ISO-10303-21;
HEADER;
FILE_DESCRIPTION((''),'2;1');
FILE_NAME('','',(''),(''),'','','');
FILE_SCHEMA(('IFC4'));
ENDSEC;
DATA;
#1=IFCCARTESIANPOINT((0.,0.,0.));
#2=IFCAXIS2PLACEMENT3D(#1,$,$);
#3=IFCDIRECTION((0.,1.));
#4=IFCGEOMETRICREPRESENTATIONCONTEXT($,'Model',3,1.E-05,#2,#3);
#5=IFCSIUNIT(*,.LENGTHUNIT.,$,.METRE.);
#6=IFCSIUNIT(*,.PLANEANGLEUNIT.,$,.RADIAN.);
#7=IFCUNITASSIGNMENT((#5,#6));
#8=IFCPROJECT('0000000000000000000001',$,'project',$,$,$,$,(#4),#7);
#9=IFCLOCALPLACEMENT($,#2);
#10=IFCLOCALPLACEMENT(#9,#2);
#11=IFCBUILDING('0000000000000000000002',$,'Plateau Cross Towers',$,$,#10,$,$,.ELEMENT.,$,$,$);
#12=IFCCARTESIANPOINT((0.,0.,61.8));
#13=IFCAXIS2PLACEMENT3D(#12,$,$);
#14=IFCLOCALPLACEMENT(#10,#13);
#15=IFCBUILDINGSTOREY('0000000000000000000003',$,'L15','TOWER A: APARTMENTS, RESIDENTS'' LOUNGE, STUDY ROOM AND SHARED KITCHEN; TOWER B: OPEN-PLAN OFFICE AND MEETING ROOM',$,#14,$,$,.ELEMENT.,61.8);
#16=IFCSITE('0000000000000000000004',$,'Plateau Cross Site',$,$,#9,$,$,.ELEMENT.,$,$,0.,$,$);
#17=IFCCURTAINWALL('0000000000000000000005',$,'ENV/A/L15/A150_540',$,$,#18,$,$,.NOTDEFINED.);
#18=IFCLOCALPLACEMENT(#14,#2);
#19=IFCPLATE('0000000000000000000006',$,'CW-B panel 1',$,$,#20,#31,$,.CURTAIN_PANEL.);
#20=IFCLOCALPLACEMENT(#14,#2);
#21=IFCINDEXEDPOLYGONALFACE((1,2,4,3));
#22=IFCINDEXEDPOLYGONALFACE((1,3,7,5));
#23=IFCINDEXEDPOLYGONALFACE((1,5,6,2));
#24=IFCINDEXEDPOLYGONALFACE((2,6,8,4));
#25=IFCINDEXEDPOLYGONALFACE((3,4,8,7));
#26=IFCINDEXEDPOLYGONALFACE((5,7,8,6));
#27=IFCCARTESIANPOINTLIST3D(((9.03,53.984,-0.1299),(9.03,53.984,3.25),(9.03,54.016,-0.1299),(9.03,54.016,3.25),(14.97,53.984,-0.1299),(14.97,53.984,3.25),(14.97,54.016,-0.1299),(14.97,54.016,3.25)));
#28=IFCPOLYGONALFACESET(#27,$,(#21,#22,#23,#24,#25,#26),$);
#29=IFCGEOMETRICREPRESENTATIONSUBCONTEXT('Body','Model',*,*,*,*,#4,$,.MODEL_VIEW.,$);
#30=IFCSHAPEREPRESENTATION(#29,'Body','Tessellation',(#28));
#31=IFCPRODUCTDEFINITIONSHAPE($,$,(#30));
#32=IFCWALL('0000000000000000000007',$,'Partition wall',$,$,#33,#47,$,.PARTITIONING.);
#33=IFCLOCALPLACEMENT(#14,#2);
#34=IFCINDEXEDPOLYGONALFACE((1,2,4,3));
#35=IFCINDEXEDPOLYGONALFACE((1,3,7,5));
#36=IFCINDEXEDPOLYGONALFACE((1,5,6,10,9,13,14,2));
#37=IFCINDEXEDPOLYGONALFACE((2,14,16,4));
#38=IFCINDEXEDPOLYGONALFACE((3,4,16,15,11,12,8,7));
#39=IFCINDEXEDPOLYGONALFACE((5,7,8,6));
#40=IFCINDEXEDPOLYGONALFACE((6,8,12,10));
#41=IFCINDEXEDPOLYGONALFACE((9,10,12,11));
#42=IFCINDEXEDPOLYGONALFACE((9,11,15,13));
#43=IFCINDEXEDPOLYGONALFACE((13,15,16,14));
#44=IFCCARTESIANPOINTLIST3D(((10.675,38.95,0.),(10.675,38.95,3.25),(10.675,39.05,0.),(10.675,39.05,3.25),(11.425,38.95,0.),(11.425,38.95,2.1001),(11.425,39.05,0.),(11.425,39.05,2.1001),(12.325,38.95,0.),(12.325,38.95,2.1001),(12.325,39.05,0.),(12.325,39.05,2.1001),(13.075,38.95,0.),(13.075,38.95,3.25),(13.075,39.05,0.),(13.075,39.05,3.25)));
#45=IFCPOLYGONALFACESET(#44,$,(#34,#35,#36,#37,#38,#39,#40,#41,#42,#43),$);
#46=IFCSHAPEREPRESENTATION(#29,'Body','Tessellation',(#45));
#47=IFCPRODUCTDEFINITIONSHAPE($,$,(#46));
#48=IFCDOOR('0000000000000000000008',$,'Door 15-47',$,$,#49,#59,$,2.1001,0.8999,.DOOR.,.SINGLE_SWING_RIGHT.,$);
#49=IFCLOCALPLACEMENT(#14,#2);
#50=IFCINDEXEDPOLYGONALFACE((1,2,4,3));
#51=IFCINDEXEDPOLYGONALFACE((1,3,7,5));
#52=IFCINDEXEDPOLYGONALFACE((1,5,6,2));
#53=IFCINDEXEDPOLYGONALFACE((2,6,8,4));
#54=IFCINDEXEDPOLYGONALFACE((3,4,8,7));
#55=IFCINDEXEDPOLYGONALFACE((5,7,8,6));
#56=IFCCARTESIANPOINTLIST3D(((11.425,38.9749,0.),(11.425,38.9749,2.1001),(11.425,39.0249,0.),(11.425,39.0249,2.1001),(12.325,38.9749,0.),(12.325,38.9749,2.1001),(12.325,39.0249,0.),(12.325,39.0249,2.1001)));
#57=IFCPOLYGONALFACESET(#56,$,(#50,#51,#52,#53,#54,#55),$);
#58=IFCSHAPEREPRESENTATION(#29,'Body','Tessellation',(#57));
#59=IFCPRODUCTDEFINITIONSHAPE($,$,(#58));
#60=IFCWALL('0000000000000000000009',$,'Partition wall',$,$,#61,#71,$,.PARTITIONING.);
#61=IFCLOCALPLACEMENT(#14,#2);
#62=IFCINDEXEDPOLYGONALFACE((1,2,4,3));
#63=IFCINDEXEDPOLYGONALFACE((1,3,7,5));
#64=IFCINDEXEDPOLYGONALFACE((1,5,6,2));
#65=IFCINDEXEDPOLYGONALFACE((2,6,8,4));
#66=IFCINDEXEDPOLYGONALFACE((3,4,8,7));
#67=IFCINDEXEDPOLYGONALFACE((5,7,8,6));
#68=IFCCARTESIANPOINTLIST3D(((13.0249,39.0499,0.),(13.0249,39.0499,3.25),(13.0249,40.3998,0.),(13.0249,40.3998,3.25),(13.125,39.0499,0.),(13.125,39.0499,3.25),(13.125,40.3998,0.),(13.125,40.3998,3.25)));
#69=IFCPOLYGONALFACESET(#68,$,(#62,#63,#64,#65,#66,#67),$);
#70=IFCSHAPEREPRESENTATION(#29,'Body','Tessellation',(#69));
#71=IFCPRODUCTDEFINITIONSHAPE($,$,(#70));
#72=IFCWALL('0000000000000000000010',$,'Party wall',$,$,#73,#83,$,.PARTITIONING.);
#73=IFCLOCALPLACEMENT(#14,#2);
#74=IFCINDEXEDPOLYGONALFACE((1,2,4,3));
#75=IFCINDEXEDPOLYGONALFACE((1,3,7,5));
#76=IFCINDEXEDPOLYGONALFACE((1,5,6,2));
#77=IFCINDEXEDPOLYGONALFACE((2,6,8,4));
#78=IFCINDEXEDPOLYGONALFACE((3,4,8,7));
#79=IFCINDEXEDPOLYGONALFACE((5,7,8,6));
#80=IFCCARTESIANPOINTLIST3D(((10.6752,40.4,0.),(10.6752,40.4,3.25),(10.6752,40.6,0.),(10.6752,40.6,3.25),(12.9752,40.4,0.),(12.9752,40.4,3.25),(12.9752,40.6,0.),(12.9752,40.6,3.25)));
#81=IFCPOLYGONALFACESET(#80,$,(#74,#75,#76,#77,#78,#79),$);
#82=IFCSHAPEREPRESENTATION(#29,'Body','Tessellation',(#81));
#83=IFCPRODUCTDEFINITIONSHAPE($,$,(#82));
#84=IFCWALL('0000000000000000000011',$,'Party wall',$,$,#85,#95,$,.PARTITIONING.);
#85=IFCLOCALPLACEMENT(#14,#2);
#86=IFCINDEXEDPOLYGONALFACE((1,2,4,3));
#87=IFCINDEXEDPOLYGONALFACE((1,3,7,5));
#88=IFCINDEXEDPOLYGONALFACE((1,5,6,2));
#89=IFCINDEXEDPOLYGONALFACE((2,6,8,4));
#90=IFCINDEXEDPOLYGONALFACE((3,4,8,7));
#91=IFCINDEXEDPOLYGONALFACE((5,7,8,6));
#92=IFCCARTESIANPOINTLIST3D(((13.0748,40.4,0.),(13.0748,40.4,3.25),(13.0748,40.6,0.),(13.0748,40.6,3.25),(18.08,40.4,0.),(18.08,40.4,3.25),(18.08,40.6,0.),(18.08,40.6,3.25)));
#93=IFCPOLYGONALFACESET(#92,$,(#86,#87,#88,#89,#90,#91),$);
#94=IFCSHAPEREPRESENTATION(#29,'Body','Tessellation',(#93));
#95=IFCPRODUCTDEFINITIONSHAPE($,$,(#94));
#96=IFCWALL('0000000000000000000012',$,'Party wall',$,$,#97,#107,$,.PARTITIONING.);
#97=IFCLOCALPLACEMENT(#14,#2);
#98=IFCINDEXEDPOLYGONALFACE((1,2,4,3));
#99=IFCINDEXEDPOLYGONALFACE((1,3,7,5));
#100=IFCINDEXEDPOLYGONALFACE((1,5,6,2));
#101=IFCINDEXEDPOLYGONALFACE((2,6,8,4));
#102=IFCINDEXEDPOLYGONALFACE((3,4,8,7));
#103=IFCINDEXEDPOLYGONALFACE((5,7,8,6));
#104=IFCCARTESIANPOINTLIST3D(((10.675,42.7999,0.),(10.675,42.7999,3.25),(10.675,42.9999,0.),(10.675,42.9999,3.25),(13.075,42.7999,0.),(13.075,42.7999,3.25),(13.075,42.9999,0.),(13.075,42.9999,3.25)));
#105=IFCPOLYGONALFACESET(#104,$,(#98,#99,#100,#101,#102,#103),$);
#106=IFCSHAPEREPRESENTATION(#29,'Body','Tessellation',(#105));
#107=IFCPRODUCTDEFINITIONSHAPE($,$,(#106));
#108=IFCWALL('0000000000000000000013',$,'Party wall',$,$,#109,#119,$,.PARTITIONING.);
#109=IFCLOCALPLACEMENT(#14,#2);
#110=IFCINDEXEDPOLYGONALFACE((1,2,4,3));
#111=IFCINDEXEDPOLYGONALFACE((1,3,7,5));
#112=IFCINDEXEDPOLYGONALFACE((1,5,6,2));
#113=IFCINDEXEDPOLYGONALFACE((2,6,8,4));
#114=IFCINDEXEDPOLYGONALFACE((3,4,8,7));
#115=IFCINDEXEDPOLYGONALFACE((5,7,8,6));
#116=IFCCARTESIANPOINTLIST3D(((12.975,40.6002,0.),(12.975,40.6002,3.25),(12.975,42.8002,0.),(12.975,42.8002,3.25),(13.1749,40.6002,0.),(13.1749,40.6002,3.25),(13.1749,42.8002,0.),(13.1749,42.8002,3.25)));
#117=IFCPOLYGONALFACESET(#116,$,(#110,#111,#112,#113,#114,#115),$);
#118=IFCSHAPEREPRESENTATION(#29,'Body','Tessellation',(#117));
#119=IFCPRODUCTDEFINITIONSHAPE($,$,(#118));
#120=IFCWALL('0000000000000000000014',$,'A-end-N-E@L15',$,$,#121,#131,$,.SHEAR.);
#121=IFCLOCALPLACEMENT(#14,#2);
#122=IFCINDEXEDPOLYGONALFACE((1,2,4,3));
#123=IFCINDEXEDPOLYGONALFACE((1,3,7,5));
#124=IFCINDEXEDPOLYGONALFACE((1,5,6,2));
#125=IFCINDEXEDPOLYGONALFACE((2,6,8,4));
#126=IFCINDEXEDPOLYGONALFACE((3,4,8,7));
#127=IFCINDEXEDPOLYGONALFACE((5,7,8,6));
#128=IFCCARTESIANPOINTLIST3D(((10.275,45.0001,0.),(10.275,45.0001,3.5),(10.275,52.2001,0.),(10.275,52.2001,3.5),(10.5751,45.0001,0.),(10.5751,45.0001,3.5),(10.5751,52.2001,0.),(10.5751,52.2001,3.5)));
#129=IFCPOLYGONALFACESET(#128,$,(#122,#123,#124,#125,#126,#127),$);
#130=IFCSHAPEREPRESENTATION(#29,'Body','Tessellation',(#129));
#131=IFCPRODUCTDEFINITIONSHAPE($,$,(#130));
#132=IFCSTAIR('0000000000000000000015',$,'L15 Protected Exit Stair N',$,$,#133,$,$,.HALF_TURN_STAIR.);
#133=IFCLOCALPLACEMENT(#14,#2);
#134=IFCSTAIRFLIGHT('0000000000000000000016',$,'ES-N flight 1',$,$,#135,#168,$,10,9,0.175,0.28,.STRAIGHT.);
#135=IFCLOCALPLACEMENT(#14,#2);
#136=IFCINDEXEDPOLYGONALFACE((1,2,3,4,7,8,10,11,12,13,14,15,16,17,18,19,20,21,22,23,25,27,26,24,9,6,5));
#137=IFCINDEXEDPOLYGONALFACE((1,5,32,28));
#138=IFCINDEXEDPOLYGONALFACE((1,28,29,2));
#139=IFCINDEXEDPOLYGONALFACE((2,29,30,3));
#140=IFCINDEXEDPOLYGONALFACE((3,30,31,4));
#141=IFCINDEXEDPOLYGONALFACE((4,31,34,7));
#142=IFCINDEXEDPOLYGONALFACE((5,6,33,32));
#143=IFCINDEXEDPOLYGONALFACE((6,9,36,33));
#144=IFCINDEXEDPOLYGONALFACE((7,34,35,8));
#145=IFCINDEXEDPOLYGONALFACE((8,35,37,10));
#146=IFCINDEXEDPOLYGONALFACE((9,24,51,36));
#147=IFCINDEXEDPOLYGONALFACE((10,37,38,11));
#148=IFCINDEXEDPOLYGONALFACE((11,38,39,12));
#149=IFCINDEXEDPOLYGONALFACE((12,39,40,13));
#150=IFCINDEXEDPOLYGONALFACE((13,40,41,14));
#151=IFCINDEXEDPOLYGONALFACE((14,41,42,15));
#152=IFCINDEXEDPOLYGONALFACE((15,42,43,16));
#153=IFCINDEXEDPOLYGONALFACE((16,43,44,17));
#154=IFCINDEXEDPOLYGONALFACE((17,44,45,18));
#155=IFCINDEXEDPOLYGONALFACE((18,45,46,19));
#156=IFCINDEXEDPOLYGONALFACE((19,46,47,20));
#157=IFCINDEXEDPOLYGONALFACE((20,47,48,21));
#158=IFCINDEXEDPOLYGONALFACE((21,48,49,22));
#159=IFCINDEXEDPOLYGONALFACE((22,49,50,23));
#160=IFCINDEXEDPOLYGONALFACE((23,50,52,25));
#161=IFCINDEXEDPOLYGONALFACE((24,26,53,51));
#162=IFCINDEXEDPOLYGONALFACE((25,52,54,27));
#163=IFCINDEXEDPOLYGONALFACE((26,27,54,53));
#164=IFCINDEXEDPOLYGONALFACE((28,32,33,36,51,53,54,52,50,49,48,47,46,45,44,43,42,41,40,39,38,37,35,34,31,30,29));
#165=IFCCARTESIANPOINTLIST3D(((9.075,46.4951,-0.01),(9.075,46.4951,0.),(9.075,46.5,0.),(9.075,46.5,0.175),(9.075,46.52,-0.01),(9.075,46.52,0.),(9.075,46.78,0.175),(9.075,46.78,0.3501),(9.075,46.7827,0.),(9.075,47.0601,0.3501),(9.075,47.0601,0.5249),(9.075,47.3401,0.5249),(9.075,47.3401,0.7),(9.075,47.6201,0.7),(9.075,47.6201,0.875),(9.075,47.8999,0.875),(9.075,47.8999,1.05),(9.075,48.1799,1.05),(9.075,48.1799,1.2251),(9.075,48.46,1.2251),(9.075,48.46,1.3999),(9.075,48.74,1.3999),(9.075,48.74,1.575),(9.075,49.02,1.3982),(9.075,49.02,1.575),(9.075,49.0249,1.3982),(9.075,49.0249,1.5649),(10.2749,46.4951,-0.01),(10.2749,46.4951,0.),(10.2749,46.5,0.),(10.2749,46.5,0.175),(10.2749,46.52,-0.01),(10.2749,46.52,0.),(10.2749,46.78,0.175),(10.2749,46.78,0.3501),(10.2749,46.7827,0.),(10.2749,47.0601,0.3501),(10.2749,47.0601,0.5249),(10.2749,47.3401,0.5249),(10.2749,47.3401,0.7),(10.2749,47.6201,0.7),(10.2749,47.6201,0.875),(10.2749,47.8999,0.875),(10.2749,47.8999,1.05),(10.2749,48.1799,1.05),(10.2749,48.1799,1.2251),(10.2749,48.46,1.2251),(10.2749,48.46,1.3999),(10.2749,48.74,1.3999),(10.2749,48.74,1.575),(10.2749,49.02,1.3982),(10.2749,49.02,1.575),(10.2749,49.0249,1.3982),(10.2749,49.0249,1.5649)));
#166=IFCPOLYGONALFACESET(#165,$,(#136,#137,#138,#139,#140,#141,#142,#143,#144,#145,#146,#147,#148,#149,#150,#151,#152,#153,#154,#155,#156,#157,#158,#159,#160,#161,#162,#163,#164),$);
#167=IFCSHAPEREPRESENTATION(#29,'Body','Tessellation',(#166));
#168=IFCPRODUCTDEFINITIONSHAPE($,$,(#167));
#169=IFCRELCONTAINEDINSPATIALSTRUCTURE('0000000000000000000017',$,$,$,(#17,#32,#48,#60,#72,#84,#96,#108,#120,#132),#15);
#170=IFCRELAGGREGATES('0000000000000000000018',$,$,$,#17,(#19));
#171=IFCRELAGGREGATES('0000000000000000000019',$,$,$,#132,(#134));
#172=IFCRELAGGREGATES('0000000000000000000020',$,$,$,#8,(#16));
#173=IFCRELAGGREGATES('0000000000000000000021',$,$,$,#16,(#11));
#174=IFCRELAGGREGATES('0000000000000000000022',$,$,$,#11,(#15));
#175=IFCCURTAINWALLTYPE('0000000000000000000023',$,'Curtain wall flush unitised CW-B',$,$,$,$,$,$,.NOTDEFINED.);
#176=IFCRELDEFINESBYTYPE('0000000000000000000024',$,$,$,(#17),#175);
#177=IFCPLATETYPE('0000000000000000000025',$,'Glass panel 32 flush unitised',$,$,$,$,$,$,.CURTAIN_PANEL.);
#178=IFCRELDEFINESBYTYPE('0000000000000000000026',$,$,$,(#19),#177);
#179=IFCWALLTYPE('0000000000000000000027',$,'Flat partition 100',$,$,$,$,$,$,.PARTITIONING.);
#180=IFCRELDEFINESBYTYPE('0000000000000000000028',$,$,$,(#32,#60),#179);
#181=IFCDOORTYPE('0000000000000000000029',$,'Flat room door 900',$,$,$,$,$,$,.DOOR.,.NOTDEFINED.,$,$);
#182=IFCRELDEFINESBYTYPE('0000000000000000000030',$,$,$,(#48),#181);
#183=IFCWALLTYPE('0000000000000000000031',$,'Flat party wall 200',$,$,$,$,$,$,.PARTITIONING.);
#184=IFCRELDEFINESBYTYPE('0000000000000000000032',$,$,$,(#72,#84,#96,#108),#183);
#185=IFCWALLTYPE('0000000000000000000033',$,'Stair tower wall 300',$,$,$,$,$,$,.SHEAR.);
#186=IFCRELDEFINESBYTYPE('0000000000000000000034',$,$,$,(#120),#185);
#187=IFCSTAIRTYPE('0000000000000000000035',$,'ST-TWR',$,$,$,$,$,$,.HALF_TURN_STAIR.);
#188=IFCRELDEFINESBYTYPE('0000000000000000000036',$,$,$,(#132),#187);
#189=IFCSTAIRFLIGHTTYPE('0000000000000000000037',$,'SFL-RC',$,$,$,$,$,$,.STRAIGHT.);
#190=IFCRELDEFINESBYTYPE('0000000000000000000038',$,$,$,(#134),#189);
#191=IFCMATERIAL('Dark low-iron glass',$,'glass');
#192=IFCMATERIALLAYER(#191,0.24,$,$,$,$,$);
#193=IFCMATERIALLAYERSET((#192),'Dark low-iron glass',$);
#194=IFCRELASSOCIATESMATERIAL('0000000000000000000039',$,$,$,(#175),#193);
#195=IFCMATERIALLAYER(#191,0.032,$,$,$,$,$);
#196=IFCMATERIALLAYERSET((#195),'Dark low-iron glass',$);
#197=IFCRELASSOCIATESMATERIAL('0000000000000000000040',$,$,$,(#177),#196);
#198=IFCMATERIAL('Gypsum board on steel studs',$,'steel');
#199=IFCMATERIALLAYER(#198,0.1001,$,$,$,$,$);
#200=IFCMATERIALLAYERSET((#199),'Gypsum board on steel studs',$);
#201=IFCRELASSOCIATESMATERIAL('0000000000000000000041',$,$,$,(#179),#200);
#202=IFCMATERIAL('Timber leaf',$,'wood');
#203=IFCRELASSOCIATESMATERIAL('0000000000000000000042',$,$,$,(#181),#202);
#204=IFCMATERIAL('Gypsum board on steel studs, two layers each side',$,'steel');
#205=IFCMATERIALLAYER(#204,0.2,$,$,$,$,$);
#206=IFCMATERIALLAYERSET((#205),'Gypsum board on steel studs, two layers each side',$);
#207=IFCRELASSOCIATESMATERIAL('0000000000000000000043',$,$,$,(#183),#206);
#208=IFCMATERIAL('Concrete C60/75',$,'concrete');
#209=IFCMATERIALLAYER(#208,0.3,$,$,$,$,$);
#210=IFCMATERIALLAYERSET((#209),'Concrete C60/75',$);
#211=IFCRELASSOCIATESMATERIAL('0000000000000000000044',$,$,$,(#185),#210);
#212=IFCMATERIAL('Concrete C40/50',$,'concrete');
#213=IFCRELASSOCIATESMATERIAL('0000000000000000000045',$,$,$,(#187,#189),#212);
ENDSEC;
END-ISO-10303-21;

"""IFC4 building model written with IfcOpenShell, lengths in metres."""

from ifc_helpers import new_model, si_unit, direction, frame, frame_2d, origin, origin_2d, place, context, subcontext, project, spatial, polyline, rectangle, outline, extrude, material, layer, layer_set, type_object, element, fill, aggregate, save


model = new_model("IFC4")

# Units and contexts
model_context = context("Model", 3, precision=1e-05, world=origin(), true_north=direction((0.0, 1.0)))
body_context = subcontext(model_context, "Body", "Model", "MODEL_VIEW")
ifc_project = project(units=[si_unit("LENGTHUNIT", "METRE"), si_unit("PLANEANGLEUNIT", "RADIAN")], contexts=[model_context])

# Site, building, storey
site_placement = place(None, origin())
site = spatial("IfcSite", under=ifc_project, at=site_placement, Name="Plateau Cross Site", CompositionType="ELEMENT", RefElevation=0.0)
building_placement = place(site_placement, origin())
building = spatial("IfcBuilding", under=site, at=building_placement, Name="Plateau Cross Towers", CompositionType="ELEMENT")
storey_placement = place(building_placement, frame((0.0, 0.0, 61.8)))
storey = spatial("IfcBuildingStorey", under=building, at=storey_placement, Name="L15", Description="TOWER A: APARTMENTS, RESIDENTS' LOUNGE, STUDY ROOM AND SHARED KITCHEN; TOWER B: OPEN-PLAN OFFICE AND MEETING ROOM", CompositionType="ELEMENT", Elevation=61.8)

# Shared definitions
ifc_material_1 = material(Name="Concrete C60/75", Category="concrete")

# Shared definitions
ifc_material_2 = material(Name="Dark low-iron glass", Category="glass")
ifc_layer_1 = layer(ifc_material_2, 0.24)
ifc_layer_set_1 = layer_set([ifc_layer_1], Name="Dark low-iron glass")
curtain_wall_type = type_object("IfcCurtainWallType", Name="Curtain wall flush unitised CW-B", PredefinedType="NOTDEFINED", material=ifc_layer_set_1)

# Curtain wall
curtain_wall_1_placement = place(storey_placement, origin())
curtain_wall_1 = element("IfcCurtainWall", 1, at=curtain_wall_1_placement, inside=storey, type_object=curtain_wall_type, Name="ENV/A/L15/A150_540", PredefinedType="NOTDEFINED")

# Plate
ifc_layer_2 = layer(ifc_material_2, 0.032)
ifc_layer_set_2 = layer_set([ifc_layer_2], Name="Dark low-iron glass")
plate_type = type_object("IfcPlateType", Name="Glass panel 32 flush unitised", PredefinedType="CURTAIN_PANEL", material=ifc_layer_set_2)
plate_1_placement = place(storey_placement, frame((12.0, 54.0, -0.1299), z_axis=(0.0, 0.0, 1.0), x_axis=(-1.0, 0.0, 0.0)))
plate_1 = element("IfcPlate", 2, at=plate_1_placement, type_object=plate_type, Name="CW-B panel 1", PredefinedType="CURTAIN_PANEL", context=body_context, shape_type="SweptSolid", body=[
    extrude(rectangle(XDim=5.9399, YDim=0.032, at=origin_2d()), origin(), (0.0, 0.0, 1.0), 3.3799),
])
aggregate(curtain_wall_1, [plate_1])

# Wall, opening, door
ifc_material_3 = material(Name="Gypsum board on steel studs", Category="steel")
ifc_layer_3 = layer(ifc_material_3, 0.1001)
ifc_layer_set_3 = layer_set([ifc_layer_3], Name="Gypsum board on steel studs")
wall_type_1 = type_object("IfcWallType", Name="Flat partition 100", PredefinedType="PARTITIONING", material=ifc_layer_set_3)
wall_1_placement = place(storey_placement, frame((10.675, 39.0, 0.0), z_axis=(0.0, 0.0, 1.0), x_axis=(1.0, 0.0, 0.0)))
wall_1 = element("IfcWall", 3, at=wall_1_placement, inside=storey, type_object=wall_type_1, Name="Partition wall", PredefinedType="PARTITIONING", context=body_context, shape_type="SweptSolid", body=[
    extrude(rectangle(XDim=2.3999, YDim=0.1001, at=frame_2d((1.2, 0.0))), origin(), (0.0, 0.0, 1.0), 3.25),
])
opening_placement = place(wall_1_placement, frame((0.75, 0.0, 0.0)))
opening = element("IfcOpeningElement", 4, at=opening_placement, cuts=wall_1, PredefinedType="OPENING", context=body_context, shape_type="SweptSolid", body=[
    extrude(rectangle(XDim=0.8999, YDim=2.1001, at=frame_2d((0.45, 1.05))), frame((0.0, 0.0601, 0.0), z_axis=(0.0, -1.0, 0.0), x_axis=(1.0, 0.0, 0.0)), (0.0, 0.0, 1.0), 0.1201),
])
ifc_material_4 = material(Name="Timber leaf", Category="wood")
door_type = type_object("IfcDoorType", Name="Flat room door 900", OperationType="NOTDEFINED", PredefinedType="DOOR", material=ifc_material_4)
door_placement = place(opening_placement, origin())
door = element("IfcDoor", 5, at=door_placement, inside=storey, type_object=door_type, Name="Door 15-47", OperationType="SINGLE_SWING_RIGHT", OverallHeight=2.1001, OverallWidth=0.8999, PredefinedType="DOOR", context=body_context, shape_type="SweptSolid", body=[
    extrude(rectangle(XDim=0.8999, YDim=2.1001, at=frame_2d((0.45, 1.05))), frame((0.0, 0.0249, 0.0), z_axis=(0.0, -1.0, 0.0), x_axis=(1.0, 0.0, 0.0)), (0.0, 0.0, 1.0), 0.05),
])
fill(opening, door)

# Walls
wall_2_placement = place(storey_placement, frame((13.075, 39.05, 0.0), z_axis=(0.0, 0.0, 1.0), x_axis=(0.0, 1.0, 0.0)))
element("IfcWall", 6, at=wall_2_placement, inside=storey, type_object=wall_type_1, Name="Partition wall", PredefinedType="PARTITIONING", context=body_context, shape_type="SweptSolid", body=[
    extrude(rectangle(XDim=1.3499, YDim=0.1001, at=frame_2d((0.6748, 0.0))), origin(), (0.0, 0.0, 1.0), 3.25),
])
ifc_material_5 = material(Name="Gypsum board on steel studs, two layers each side", Category="steel")
ifc_layer_4 = layer(ifc_material_5, 0.2)
ifc_layer_set_4 = layer_set([ifc_layer_4], Name="Gypsum board on steel studs, two layers each side")
wall_type_2 = type_object("IfcWallType", Name="Flat party wall 200", PredefinedType="PARTITIONING", material=ifc_layer_set_4)
wall_3_placement = place(storey_placement, frame((12.9751, 40.5, 0.0), z_axis=(0.0, 0.0, 1.0), x_axis=(-1.0, 0.0, 0.0)))
element("IfcWall", 7, at=wall_3_placement, inside=storey, type_object=wall_type_2, Name="Party wall", PredefinedType="PARTITIONING", context=body_context, shape_type="SweptSolid", body=[
    extrude(rectangle(XDim=2.3, YDim=0.2, at=frame_2d((1.1499, 0.0))), origin(), (0.0, 0.0, 1.0), 3.25),
])
wall_4_placement = place(storey_placement, frame((13.075, 40.5, 0.0), z_axis=(0.0, 0.0, 1.0), x_axis=(1.0, 0.0, 0.0)))
element("IfcWall", 8, at=wall_4_placement, inside=storey, type_object=wall_type_2, Name="Party wall", PredefinedType="PARTITIONING", context=body_context, shape_type="SweptSolid", body=[
    extrude(rectangle(XDim=5.0051, YDim=0.2, at=frame_2d((2.5024, 0.0))), origin(), (0.0, 0.0, 1.0), 3.25),
])
wall_5_placement = place(storey_placement, frame((13.075, 42.8999, 0.0), z_axis=(0.0, 0.0, 1.0), x_axis=(-1.0, 0.0, 0.0)))
element("IfcWall", 9, at=wall_5_placement, inside=storey, type_object=wall_type_2, Name="Party wall", PredefinedType="PARTITIONING", context=body_context, shape_type="SweptSolid", body=[
    extrude(rectangle(XDim=2.3999, YDim=0.2, at=frame_2d((1.2, 0.0))), origin(), (0.0, 0.0, 1.0), 3.25),
])
wall_6_placement = place(storey_placement, frame((13.075, 40.6001, 0.0), z_axis=(0.0, 0.0, 1.0), x_axis=(0.0, 1.0, 0.0)))
element("IfcWall", 10, at=wall_6_placement, inside=storey, type_object=wall_type_2, Name="Party wall", PredefinedType="PARTITIONING", context=body_context, shape_type="SweptSolid", body=[
    extrude(rectangle(XDim=2.2, YDim=0.2, at=frame_2d((1.1001, 0.0))), origin(), (0.0, 0.0, 1.0), 3.25),
])
ifc_layer_5 = layer(ifc_material_1, 0.3)
ifc_layer_set_5 = layer_set([ifc_layer_5], Name="Concrete C60/75")
wall_type_3 = type_object("IfcWallType", Name="Stair tower wall 300", PredefinedType="SHEAR", material=ifc_layer_set_5)
wall_7_placement = place(storey_placement, frame((10.425, 45.0, 0.0), z_axis=(0.0, 0.0, 1.0), x_axis=(0.0, 1.0, 0.0)))
element("IfcWall", 11, at=wall_7_placement, inside=storey, type_object=wall_type_3, Name="A-end-N-E@L15", PredefinedType="SHEAR", context=body_context, shape_type="SweptSolid", body=[
    extrude(rectangle(XDim=7.2, YDim=0.3, at=frame_2d((3.6001, 0.0))), origin(), (0.0, 0.0, 1.0), 3.5),
])

# Stair, stair flight
ifc_material_6 = material(Name="Concrete C40/50", Category="concrete")
stair_type = type_object("IfcStairType", Name="ST-TWR", PredefinedType="HALF_TURN_STAIR", material=ifc_material_6)
stair_placement = place(storey_placement, origin())
stair = element("IfcStair", 12, at=stair_placement, inside=storey, type_object=stair_type, Name="L15 Protected Exit Stair N", PredefinedType="HALF_TURN_STAIR")
stair_flight_type = type_object("IfcStairFlightType", Name="SFL-RC", PredefinedType="STRAIGHT", material=ifc_material_6)
stair_flight_1_placement = place(storey_placement, frame((9.675, 46.5, 0.0), z_axis=(0.0, 0.0, 1.0), x_axis=(0.0, 1.0, 0.0)))
stair_flight_1 = element("IfcStairFlight", 13, at=stair_flight_1_placement, type_object=stair_flight_type, Name="ES-N flight 1", NumberOfRisers=10, NumberOfTreads=9, PredefinedType="STRAIGHT", RiserHeight=0.175, TreadLength=0.28, context=body_context, shape_type="SweptSolid", body=[
    extrude(outline(polyline([(-0.0049, -0.01), (-0.0049, 0.0), (0.0, 0.0), (0.0, 0.175), (0.28, 0.175), (0.28, 0.3501), (0.5601, 0.3501), (0.5601, 0.5249), (0.8401, 0.5249), (0.8401, 0.7), (1.1201, 0.7), (1.1201, 0.875), (1.3999, 0.875), (1.3999, 1.05), (1.6799, 1.05), (1.6799, 1.2251), (1.96, 1.2251), (1.96, 1.3999), (2.24, 1.3999), (2.24, 1.575), (2.52, 1.575), (2.5249, 1.5649), (2.5249, 1.3982), (2.52, 1.3982), (0.2827, 0.0), (0.02, 0.0), (0.02, -0.01), (-0.0049, -0.01)])), frame((0.0, 0.6001, 0.0), z_axis=(0.0, -1.0, 0.0), x_axis=(1.0, 0.0, 0.0)), (0.0, 0.0, 1.0), 1.2),
])
aggregate(stair, [stair_flight_1])

save(model, "model.ifc")
